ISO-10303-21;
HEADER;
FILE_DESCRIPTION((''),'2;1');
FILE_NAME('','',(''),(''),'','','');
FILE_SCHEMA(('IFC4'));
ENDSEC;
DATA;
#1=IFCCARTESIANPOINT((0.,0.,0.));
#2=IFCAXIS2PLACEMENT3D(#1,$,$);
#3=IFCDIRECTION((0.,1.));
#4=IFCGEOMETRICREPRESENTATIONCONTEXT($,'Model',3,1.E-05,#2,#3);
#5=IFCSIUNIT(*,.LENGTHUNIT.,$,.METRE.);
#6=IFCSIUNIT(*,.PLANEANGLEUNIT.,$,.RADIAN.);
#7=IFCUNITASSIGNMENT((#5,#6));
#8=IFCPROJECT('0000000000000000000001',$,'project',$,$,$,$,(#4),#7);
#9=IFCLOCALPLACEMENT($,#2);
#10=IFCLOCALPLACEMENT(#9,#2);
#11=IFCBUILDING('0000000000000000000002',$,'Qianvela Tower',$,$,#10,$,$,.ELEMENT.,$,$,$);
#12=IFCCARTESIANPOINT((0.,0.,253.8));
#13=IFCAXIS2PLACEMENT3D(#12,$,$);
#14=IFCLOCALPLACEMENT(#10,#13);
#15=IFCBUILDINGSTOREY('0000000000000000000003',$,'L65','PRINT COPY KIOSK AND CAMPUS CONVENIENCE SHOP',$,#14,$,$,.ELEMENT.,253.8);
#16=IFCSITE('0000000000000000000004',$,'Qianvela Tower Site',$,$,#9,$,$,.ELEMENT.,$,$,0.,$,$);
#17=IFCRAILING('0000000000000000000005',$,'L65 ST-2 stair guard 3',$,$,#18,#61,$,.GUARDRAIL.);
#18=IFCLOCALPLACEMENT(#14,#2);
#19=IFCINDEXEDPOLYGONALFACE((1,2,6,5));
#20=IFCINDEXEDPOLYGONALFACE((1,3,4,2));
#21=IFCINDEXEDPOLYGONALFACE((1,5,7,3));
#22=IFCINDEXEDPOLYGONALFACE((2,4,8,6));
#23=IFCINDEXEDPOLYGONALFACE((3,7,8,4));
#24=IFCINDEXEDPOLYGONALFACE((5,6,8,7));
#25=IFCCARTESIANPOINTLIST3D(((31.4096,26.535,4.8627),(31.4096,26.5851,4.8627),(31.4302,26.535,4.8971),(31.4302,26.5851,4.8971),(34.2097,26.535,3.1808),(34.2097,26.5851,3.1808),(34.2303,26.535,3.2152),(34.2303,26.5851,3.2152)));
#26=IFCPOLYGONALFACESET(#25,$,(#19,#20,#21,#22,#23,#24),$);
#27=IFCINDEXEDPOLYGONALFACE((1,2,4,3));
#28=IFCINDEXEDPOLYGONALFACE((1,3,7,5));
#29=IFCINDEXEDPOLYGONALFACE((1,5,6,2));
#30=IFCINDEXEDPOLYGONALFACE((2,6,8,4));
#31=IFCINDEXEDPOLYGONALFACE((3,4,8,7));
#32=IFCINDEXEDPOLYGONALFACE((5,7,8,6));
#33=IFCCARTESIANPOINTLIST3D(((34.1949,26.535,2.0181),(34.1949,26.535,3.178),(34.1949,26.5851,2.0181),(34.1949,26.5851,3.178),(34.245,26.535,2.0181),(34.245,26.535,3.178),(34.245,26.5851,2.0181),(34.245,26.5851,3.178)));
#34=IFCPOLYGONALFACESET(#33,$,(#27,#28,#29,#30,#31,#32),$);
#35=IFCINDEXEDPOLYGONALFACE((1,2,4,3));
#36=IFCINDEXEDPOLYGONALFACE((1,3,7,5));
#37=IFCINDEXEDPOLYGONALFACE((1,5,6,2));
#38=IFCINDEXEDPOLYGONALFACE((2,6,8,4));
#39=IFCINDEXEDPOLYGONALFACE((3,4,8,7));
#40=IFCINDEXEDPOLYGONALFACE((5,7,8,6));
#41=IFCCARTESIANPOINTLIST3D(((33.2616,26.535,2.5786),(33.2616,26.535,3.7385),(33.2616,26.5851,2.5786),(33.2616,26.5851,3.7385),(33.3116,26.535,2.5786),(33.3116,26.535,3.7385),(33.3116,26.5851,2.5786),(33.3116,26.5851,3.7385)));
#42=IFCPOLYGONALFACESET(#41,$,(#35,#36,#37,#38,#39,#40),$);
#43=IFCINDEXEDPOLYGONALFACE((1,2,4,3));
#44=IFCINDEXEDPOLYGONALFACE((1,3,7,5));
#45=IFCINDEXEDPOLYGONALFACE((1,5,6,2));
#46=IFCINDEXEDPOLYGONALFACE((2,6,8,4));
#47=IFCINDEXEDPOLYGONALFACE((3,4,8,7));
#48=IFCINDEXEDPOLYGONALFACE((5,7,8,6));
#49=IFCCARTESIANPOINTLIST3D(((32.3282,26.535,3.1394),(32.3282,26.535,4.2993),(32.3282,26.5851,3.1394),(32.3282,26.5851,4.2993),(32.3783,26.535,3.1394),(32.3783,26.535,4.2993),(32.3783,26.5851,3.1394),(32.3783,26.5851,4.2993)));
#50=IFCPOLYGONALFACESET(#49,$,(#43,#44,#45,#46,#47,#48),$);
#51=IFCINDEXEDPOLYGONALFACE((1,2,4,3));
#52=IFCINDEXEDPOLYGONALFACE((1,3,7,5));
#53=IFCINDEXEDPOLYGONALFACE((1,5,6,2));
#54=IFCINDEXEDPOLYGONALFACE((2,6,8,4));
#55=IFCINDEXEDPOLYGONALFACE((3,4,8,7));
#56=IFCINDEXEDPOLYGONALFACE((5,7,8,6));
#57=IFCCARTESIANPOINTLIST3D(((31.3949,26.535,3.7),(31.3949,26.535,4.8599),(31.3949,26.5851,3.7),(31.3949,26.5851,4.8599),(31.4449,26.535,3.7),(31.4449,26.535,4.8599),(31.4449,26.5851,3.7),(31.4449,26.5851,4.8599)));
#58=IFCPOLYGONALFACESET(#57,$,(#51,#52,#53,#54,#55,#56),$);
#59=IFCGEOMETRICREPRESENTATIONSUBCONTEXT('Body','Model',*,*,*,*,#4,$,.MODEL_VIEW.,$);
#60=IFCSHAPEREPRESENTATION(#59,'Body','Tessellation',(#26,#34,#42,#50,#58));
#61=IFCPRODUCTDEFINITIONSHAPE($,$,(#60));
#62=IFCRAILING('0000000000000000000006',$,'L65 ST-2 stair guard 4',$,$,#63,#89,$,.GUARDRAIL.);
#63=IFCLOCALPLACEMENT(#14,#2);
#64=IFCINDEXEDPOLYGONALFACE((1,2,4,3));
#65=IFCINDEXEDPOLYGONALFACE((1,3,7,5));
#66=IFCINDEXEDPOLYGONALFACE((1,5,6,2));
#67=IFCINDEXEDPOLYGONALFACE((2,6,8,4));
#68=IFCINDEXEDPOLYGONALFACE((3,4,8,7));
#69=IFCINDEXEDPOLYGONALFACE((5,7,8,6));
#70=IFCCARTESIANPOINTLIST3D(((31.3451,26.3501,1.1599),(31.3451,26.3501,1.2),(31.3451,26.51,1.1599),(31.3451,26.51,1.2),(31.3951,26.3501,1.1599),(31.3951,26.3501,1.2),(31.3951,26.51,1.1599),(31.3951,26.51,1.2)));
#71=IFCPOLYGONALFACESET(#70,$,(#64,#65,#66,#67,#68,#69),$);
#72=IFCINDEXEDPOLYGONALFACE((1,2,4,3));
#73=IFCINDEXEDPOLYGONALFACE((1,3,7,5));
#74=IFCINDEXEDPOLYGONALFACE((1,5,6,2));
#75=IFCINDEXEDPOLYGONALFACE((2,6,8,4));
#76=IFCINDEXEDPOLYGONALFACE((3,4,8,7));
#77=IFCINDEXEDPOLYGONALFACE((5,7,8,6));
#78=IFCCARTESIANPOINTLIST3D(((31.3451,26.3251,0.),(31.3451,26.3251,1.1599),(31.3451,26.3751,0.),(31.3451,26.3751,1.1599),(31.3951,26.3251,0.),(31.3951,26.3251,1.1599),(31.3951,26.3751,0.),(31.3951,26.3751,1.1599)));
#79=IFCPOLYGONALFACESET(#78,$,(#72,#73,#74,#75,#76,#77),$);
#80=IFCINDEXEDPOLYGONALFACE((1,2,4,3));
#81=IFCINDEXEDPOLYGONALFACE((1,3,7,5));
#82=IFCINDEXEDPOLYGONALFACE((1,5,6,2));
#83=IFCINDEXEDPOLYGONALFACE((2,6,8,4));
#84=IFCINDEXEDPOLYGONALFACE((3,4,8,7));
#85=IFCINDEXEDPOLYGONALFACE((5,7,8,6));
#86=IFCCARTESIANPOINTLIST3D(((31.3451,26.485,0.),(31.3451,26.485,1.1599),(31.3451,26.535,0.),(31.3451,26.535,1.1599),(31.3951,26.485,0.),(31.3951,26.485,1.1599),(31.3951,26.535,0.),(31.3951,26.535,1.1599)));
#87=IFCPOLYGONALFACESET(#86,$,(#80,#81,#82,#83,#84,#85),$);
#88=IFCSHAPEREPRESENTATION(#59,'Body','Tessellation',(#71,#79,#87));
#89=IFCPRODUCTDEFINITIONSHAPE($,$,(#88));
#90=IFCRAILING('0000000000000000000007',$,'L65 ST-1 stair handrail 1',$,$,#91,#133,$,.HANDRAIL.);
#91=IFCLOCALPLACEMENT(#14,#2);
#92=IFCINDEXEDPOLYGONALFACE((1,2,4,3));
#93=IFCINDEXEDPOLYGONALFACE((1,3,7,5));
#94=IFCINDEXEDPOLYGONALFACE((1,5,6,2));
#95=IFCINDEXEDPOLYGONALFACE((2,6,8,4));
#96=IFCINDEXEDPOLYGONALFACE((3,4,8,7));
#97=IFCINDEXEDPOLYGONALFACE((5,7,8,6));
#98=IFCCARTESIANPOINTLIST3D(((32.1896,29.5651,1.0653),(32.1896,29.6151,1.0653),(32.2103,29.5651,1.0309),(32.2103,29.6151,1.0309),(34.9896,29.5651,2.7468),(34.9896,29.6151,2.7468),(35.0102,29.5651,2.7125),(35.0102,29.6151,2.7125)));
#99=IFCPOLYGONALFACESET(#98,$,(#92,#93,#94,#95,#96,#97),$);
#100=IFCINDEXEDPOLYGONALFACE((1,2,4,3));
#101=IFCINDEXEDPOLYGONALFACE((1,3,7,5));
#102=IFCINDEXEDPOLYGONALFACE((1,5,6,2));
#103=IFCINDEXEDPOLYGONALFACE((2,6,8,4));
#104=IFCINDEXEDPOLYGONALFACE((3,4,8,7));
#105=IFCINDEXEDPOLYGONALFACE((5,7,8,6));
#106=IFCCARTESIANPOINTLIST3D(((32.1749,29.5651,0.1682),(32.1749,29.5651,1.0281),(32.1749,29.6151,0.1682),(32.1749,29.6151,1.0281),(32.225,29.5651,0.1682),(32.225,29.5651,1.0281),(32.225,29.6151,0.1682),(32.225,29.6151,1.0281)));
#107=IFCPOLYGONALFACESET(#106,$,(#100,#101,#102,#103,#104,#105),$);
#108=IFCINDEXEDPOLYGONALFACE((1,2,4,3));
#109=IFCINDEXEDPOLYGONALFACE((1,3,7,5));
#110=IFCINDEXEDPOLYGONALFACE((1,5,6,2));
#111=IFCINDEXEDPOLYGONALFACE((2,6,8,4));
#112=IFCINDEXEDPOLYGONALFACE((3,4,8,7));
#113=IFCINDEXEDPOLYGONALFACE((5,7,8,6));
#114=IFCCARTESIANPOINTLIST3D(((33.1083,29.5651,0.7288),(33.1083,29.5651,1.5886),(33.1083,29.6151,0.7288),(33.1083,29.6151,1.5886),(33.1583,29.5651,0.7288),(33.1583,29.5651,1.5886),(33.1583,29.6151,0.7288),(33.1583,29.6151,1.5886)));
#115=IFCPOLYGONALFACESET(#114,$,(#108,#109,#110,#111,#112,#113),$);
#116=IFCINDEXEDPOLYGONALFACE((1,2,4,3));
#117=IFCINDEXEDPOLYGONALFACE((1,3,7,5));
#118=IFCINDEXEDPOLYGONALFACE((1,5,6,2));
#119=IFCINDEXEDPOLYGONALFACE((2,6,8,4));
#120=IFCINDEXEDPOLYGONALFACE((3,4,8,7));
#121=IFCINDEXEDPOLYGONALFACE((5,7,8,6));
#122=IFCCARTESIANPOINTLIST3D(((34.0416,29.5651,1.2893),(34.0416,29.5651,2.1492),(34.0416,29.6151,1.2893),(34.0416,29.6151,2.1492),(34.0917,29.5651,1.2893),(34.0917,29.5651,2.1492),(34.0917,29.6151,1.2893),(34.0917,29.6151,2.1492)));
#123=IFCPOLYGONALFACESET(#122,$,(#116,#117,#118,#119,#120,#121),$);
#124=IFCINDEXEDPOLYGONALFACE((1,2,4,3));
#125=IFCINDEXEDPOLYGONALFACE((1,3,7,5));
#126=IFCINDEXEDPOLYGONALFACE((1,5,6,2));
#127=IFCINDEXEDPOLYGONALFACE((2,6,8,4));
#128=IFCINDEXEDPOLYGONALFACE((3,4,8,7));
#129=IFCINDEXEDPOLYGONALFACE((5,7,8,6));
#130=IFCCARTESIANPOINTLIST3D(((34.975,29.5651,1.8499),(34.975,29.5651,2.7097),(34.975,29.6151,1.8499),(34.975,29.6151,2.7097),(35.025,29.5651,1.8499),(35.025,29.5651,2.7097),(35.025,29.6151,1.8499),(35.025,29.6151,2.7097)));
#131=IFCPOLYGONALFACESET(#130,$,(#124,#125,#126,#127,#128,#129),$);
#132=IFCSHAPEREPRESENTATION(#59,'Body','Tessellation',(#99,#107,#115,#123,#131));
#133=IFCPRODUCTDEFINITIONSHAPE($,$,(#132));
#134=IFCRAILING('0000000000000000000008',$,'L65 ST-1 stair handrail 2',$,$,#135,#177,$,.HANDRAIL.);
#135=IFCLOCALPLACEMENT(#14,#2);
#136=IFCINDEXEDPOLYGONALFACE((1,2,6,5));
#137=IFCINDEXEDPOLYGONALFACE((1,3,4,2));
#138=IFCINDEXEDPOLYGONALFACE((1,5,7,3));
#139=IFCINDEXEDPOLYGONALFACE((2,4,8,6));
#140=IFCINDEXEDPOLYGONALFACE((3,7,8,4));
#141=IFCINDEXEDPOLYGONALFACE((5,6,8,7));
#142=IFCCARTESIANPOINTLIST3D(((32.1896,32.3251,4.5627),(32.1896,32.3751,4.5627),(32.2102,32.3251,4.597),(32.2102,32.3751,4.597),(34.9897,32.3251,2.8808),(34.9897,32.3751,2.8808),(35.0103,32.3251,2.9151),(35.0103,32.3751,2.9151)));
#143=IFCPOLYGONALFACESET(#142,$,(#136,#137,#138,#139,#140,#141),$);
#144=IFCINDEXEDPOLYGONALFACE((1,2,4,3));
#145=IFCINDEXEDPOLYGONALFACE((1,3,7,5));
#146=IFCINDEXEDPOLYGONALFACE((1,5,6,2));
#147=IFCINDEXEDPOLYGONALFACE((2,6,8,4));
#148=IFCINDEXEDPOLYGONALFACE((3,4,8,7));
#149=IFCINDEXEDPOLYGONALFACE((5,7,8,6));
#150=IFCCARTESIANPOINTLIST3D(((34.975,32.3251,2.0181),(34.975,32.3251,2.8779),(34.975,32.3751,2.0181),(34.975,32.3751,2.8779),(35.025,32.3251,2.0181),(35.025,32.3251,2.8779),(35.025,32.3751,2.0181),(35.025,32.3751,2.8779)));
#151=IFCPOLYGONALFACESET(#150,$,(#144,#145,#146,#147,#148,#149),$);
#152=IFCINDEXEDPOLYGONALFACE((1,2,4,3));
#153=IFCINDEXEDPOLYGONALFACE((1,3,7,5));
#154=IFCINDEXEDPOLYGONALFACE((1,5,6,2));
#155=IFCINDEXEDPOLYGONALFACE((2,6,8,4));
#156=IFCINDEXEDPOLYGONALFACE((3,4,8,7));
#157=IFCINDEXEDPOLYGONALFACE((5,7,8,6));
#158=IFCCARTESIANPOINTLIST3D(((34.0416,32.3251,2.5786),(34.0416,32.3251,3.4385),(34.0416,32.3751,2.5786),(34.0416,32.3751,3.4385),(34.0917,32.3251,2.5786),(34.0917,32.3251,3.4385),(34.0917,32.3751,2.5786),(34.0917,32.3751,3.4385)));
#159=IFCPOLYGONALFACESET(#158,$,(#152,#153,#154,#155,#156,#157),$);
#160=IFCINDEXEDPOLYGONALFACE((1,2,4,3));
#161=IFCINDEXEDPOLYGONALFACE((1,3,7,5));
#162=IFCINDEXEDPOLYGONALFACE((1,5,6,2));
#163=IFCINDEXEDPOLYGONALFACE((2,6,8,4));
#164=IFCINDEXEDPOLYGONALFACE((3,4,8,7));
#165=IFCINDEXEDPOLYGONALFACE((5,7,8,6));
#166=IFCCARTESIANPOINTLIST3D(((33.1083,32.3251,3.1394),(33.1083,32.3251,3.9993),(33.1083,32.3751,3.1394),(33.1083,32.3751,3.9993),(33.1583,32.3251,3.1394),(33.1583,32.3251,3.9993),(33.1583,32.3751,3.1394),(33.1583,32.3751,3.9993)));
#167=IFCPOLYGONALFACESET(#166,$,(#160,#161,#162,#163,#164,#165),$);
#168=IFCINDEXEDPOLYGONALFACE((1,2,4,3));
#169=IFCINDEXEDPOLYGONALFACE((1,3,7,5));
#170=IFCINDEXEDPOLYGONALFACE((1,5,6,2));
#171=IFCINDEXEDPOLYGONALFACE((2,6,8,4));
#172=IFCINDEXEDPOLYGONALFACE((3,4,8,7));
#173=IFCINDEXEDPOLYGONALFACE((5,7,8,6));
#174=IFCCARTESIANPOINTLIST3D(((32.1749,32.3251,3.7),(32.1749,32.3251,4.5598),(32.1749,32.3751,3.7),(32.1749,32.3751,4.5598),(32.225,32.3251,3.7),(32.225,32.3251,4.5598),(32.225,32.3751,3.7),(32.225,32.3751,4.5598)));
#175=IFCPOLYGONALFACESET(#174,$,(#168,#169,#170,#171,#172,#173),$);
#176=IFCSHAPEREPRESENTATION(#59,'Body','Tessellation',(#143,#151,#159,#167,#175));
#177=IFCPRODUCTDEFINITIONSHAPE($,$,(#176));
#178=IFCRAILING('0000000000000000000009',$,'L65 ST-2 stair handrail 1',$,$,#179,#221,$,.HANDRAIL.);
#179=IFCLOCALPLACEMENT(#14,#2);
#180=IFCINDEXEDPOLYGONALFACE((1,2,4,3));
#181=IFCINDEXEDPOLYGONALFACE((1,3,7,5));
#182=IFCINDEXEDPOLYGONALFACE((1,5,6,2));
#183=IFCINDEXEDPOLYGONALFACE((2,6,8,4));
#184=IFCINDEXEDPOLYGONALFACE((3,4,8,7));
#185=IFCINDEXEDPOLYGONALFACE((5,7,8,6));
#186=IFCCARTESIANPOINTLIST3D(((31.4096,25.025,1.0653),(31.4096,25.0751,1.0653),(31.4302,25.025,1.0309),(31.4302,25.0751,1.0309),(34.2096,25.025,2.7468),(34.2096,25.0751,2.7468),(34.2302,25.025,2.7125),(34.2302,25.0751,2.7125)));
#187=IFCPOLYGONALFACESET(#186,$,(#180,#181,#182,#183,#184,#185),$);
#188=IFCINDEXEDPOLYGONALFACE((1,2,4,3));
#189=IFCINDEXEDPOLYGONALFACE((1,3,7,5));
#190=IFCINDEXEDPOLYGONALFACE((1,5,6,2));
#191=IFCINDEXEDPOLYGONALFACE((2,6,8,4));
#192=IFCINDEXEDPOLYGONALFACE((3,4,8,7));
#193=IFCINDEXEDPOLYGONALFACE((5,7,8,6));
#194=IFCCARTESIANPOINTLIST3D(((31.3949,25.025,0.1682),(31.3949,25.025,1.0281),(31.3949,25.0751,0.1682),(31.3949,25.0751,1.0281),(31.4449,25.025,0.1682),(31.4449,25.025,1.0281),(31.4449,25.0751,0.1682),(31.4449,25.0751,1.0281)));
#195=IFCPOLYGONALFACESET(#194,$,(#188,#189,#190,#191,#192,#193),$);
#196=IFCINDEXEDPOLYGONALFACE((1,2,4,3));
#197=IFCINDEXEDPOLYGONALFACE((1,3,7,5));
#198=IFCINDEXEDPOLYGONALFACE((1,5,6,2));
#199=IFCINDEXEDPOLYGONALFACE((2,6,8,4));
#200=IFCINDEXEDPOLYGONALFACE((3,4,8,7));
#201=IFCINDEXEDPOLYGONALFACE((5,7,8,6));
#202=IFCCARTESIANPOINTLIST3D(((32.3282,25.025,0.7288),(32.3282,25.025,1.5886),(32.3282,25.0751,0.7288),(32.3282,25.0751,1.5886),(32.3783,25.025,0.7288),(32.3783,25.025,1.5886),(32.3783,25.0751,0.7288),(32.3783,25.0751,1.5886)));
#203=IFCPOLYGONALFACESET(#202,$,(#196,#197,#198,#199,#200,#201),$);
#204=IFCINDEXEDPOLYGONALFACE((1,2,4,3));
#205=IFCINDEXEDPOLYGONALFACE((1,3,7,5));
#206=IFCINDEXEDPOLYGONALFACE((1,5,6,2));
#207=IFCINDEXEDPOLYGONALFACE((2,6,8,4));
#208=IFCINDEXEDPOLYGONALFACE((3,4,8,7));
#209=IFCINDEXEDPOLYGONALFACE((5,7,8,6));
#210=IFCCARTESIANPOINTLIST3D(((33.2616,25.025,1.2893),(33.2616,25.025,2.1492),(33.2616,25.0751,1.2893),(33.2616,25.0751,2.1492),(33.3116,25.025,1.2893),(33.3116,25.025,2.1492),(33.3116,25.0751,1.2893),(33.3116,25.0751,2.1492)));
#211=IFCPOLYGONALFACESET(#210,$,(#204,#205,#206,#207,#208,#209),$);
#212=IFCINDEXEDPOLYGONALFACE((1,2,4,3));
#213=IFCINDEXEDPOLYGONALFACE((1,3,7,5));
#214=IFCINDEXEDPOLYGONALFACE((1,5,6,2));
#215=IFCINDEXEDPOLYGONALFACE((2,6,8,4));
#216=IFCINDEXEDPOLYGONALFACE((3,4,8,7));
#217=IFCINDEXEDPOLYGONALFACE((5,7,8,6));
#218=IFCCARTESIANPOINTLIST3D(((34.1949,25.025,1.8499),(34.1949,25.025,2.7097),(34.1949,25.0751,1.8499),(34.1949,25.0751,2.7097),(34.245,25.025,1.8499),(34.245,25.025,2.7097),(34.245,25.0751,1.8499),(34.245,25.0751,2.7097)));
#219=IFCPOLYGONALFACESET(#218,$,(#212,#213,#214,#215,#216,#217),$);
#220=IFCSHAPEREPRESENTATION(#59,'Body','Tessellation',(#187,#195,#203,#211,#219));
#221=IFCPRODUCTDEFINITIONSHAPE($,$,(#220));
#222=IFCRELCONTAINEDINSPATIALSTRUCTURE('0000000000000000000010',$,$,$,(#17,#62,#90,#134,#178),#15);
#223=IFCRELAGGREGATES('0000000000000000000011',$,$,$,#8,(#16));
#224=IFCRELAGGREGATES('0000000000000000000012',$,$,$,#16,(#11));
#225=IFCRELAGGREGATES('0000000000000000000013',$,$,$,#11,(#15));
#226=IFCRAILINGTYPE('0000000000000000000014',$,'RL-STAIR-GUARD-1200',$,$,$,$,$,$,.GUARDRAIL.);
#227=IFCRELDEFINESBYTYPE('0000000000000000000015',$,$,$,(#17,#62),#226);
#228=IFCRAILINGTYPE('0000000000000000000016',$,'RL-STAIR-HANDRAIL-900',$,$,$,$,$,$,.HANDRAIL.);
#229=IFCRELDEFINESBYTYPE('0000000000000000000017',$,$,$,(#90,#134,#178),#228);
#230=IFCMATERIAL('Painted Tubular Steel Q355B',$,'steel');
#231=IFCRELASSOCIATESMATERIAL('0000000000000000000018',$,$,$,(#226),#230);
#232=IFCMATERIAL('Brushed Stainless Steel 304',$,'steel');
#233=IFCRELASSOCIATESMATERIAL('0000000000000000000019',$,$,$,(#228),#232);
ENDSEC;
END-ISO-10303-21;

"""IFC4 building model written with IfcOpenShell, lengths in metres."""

from ifc_helpers import new_model, si_unit, direction, frame, origin, origin_2d, place, context, subcontext, project, spatial, rectangle, extrude, material, type_object, element, save


model = new_model("IFC4")

# Units and contexts
model_context = context("Model", 3, precision=1e-05, world=origin(), true_north=direction((0.0, 1.0)))
body_context = subcontext(model_context, "Body", "Model", "MODEL_VIEW")
ifc_project = project(units=[si_unit("LENGTHUNIT", "METRE"), si_unit("PLANEANGLEUNIT", "RADIAN")], contexts=[model_context])

# Site, building, storey
site_placement = place(None, origin())
site = spatial("IfcSite", under=ifc_project, at=site_placement, Name="Qianvela Tower Site", CompositionType="ELEMENT", RefElevation=0.0)
building_placement = place(site_placement, origin())
building = spatial("IfcBuilding", under=site, at=building_placement, Name="Qianvela Tower", CompositionType="ELEMENT")
storey_placement = place(building_placement, frame((0.0, 0.0, 253.8)))
storey = spatial("IfcBuildingStorey", under=building, at=storey_placement, Name="L65", Description="PRINT COPY KIOSK AND CAMPUS CONVENIENCE SHOP", CompositionType="ELEMENT", Elevation=253.8)

# Railings
ifc_material_1 = material(Name="Painted Tubular Steel Q355B", Category="steel")
railing_type_1 = type_object("IfcRailingType", Name="RL-STAIR-GUARD-1200", PredefinedType="GUARDRAIL", material=ifc_material_1)
railing_1_placement = place(storey_placement, frame((34.22, 26.5601, 2.0181)))
element("IfcRailing", 1, at=railing_1_placement, inside=storey, type_object=railing_type_1, Name="L65 ST-2 stair guard 3", PredefinedType="GUARDRAIL", context=body_context, shape_type="SweptSolid", body=[
    extrude(rectangle(XDim=0.05, YDim=0.04, at=origin_2d()), frame((0.0, 0.0, 1.1799), z_axis=(-0.857242, 0.0, 0.514913), x_axis=(0.0, -1.0, 0.0)), (0.0, 0.0, 1.0), 3.2664),
    extrude(rectangle(XDim=0.05, YDim=0.05, at=origin_2d()), origin(), (0.0, 0.0, 1.0), 1.1599),
    extrude(rectangle(XDim=0.05, YDim=0.05, at=origin_2d()), frame((-0.9333, 0.0, 0.5605)), (0.0, 0.0, 1.0), 1.1599),
    extrude(rectangle(XDim=0.05, YDim=0.05, at=origin_2d()), frame((-1.8667, 0.0, 1.1213)), (0.0, 0.0, 1.0), 1.1599),
    extrude(rectangle(XDim=0.05, YDim=0.05, at=origin_2d()), frame((-2.8, 0.0, 1.6819)), (0.0, 0.0, 1.0), 1.1599),
])
railing_2_placement = place(storey_placement, frame((31.3701, 26.3501, 0.0)))
element("IfcRailing", 2, at=railing_2_placement, inside=storey, type_object=railing_type_1, Name="L65 ST-2 stair guard 4", PredefinedType="GUARDRAIL", context=body_context, shape_type="SweptSolid", body=[
    extrude(rectangle(XDim=0.05, YDim=0.04, at=origin_2d()), frame((0.0, 0.0, 1.1799), z_axis=(0.0, 1.0, 0.0), x_axis=(-1.0, 0.0, 0.0)), (0.0, 0.0, 1.0), 0.1599),
    extrude(rectangle(XDim=0.05, YDim=0.05, at=origin_2d()), origin(), (0.0, 0.0, 1.0), 1.1599),
    extrude(rectangle(XDim=0.05, YDim=0.05, at=origin_2d()), frame((0.0, 0.1599, 0.0)), (0.0, 0.0, 1.0), 1.1599),
])
ifc_material_2 = material(Name="Brushed Stainless Steel 304", Category="steel")
railing_type_2 = type_object("IfcRailingType", Name="RL-STAIR-HANDRAIL-900", PredefinedType="HANDRAIL", material=ifc_material_2)
railing_3_placement = place(storey_placement, frame((32.2, 29.5901, 0.1682)))
element("IfcRailing", 3, at=railing_3_placement, inside=storey, type_object=railing_type_2, Name="L65 ST-1 stair handrail 1", PredefinedType="HANDRAIL", context=body_context, shape_type="SweptSolid", body=[
    extrude(rectangle(XDim=0.05, YDim=0.04, at=origin_2d()), frame((0.0, 0.0, 0.8799), z_axis=(0.857275, 0.0, 0.514858), x_axis=(0.0, 1.0, 0.0)), (0.0, 0.0, 1.0), 3.2661),
    extrude(rectangle(XDim=0.05, YDim=0.05, at=origin_2d()), origin(), (0.0, 0.0, 1.0), 0.8599),
    extrude(rectangle(XDim=0.05, YDim=0.05, at=origin_2d()), frame((0.9333, 0.0, 0.5605)), (0.0, 0.0, 1.0), 0.8599),
    extrude(rectangle(XDim=0.05, YDim=0.05, at=origin_2d()), frame((1.8667, 0.0, 1.1211)), (0.0, 0.0, 1.0), 0.8599),
    extrude(rectangle(XDim=0.05, YDim=0.05, at=origin_2d()), frame((2.8, 0.0, 1.6816)), (0.0, 0.0, 1.0), 0.8599),
])
railing_4_placement = place(storey_placement, frame((35.0, 32.3501, 2.0181)))
element("IfcRailing", 4, at=railing_4_placement, inside=storey, type_object=railing_type_2, Name="L65 ST-1 stair handrail 2", PredefinedType="HANDRAIL", context=body_context, shape_type="SweptSolid", body=[
    extrude(rectangle(XDim=0.05, YDim=0.04, at=origin_2d()), frame((0.0, 0.0, 0.8799), z_axis=(-0.857242, 0.0, 0.514913), x_axis=(0.0, -1.0, 0.0)), (0.0, 0.0, 1.0), 3.2664),
    extrude(rectangle(XDim=0.05, YDim=0.05, at=origin_2d()), origin(), (0.0, 0.0, 1.0), 0.8599),
    extrude(rectangle(XDim=0.05, YDim=0.05, at=origin_2d()), frame((-0.9333, 0.0, 0.5605)), (0.0, 0.0, 1.0), 0.8599),
    extrude(rectangle(XDim=0.05, YDim=0.05, at=origin_2d()), frame((-1.8667, 0.0, 1.1213)), (0.0, 0.0, 1.0), 0.8599),
    extrude(rectangle(XDim=0.05, YDim=0.05, at=origin_2d()), frame((-2.8, 0.0, 1.6819)), (0.0, 0.0, 1.0), 0.8599),
])
railing_5_placement = place(storey_placement, frame((31.4199, 25.05, 0.1682)))
element("IfcRailing", 5, at=railing_5_placement, inside=storey, type_object=railing_type_2, Name="L65 ST-2 stair handrail 1", PredefinedType="HANDRAIL", context=body_context, shape_type="SweptSolid", body=[
    extrude(rectangle(XDim=0.05, YDim=0.04, at=origin_2d()), frame((0.0, 0.0, 0.8799), z_axis=(0.857275, 0.0, 0.514858), x_axis=(0.0, 1.0, 0.0)), (0.0, 0.0, 1.0), 3.2661),
    extrude(rectangle(XDim=0.05, YDim=0.05, at=origin_2d()), origin(), (0.0, 0.0, 1.0), 0.8599),
    extrude(rectangle(XDim=0.05, YDim=0.05, at=origin_2d()), frame((0.9333, 0.0, 0.5605)), (0.0, 0.0, 1.0), 0.8599),
    extrude(rectangle(XDim=0.05, YDim=0.05, at=origin_2d()), frame((1.8667, 0.0, 1.1211)), (0.0, 0.0, 1.0), 0.8599),
    extrude(rectangle(XDim=0.05, YDim=0.05, at=origin_2d()), frame((2.8, 0.0, 1.6816)), (0.0, 0.0, 1.0), 0.8599),
])

save(model, "model.ifc")
